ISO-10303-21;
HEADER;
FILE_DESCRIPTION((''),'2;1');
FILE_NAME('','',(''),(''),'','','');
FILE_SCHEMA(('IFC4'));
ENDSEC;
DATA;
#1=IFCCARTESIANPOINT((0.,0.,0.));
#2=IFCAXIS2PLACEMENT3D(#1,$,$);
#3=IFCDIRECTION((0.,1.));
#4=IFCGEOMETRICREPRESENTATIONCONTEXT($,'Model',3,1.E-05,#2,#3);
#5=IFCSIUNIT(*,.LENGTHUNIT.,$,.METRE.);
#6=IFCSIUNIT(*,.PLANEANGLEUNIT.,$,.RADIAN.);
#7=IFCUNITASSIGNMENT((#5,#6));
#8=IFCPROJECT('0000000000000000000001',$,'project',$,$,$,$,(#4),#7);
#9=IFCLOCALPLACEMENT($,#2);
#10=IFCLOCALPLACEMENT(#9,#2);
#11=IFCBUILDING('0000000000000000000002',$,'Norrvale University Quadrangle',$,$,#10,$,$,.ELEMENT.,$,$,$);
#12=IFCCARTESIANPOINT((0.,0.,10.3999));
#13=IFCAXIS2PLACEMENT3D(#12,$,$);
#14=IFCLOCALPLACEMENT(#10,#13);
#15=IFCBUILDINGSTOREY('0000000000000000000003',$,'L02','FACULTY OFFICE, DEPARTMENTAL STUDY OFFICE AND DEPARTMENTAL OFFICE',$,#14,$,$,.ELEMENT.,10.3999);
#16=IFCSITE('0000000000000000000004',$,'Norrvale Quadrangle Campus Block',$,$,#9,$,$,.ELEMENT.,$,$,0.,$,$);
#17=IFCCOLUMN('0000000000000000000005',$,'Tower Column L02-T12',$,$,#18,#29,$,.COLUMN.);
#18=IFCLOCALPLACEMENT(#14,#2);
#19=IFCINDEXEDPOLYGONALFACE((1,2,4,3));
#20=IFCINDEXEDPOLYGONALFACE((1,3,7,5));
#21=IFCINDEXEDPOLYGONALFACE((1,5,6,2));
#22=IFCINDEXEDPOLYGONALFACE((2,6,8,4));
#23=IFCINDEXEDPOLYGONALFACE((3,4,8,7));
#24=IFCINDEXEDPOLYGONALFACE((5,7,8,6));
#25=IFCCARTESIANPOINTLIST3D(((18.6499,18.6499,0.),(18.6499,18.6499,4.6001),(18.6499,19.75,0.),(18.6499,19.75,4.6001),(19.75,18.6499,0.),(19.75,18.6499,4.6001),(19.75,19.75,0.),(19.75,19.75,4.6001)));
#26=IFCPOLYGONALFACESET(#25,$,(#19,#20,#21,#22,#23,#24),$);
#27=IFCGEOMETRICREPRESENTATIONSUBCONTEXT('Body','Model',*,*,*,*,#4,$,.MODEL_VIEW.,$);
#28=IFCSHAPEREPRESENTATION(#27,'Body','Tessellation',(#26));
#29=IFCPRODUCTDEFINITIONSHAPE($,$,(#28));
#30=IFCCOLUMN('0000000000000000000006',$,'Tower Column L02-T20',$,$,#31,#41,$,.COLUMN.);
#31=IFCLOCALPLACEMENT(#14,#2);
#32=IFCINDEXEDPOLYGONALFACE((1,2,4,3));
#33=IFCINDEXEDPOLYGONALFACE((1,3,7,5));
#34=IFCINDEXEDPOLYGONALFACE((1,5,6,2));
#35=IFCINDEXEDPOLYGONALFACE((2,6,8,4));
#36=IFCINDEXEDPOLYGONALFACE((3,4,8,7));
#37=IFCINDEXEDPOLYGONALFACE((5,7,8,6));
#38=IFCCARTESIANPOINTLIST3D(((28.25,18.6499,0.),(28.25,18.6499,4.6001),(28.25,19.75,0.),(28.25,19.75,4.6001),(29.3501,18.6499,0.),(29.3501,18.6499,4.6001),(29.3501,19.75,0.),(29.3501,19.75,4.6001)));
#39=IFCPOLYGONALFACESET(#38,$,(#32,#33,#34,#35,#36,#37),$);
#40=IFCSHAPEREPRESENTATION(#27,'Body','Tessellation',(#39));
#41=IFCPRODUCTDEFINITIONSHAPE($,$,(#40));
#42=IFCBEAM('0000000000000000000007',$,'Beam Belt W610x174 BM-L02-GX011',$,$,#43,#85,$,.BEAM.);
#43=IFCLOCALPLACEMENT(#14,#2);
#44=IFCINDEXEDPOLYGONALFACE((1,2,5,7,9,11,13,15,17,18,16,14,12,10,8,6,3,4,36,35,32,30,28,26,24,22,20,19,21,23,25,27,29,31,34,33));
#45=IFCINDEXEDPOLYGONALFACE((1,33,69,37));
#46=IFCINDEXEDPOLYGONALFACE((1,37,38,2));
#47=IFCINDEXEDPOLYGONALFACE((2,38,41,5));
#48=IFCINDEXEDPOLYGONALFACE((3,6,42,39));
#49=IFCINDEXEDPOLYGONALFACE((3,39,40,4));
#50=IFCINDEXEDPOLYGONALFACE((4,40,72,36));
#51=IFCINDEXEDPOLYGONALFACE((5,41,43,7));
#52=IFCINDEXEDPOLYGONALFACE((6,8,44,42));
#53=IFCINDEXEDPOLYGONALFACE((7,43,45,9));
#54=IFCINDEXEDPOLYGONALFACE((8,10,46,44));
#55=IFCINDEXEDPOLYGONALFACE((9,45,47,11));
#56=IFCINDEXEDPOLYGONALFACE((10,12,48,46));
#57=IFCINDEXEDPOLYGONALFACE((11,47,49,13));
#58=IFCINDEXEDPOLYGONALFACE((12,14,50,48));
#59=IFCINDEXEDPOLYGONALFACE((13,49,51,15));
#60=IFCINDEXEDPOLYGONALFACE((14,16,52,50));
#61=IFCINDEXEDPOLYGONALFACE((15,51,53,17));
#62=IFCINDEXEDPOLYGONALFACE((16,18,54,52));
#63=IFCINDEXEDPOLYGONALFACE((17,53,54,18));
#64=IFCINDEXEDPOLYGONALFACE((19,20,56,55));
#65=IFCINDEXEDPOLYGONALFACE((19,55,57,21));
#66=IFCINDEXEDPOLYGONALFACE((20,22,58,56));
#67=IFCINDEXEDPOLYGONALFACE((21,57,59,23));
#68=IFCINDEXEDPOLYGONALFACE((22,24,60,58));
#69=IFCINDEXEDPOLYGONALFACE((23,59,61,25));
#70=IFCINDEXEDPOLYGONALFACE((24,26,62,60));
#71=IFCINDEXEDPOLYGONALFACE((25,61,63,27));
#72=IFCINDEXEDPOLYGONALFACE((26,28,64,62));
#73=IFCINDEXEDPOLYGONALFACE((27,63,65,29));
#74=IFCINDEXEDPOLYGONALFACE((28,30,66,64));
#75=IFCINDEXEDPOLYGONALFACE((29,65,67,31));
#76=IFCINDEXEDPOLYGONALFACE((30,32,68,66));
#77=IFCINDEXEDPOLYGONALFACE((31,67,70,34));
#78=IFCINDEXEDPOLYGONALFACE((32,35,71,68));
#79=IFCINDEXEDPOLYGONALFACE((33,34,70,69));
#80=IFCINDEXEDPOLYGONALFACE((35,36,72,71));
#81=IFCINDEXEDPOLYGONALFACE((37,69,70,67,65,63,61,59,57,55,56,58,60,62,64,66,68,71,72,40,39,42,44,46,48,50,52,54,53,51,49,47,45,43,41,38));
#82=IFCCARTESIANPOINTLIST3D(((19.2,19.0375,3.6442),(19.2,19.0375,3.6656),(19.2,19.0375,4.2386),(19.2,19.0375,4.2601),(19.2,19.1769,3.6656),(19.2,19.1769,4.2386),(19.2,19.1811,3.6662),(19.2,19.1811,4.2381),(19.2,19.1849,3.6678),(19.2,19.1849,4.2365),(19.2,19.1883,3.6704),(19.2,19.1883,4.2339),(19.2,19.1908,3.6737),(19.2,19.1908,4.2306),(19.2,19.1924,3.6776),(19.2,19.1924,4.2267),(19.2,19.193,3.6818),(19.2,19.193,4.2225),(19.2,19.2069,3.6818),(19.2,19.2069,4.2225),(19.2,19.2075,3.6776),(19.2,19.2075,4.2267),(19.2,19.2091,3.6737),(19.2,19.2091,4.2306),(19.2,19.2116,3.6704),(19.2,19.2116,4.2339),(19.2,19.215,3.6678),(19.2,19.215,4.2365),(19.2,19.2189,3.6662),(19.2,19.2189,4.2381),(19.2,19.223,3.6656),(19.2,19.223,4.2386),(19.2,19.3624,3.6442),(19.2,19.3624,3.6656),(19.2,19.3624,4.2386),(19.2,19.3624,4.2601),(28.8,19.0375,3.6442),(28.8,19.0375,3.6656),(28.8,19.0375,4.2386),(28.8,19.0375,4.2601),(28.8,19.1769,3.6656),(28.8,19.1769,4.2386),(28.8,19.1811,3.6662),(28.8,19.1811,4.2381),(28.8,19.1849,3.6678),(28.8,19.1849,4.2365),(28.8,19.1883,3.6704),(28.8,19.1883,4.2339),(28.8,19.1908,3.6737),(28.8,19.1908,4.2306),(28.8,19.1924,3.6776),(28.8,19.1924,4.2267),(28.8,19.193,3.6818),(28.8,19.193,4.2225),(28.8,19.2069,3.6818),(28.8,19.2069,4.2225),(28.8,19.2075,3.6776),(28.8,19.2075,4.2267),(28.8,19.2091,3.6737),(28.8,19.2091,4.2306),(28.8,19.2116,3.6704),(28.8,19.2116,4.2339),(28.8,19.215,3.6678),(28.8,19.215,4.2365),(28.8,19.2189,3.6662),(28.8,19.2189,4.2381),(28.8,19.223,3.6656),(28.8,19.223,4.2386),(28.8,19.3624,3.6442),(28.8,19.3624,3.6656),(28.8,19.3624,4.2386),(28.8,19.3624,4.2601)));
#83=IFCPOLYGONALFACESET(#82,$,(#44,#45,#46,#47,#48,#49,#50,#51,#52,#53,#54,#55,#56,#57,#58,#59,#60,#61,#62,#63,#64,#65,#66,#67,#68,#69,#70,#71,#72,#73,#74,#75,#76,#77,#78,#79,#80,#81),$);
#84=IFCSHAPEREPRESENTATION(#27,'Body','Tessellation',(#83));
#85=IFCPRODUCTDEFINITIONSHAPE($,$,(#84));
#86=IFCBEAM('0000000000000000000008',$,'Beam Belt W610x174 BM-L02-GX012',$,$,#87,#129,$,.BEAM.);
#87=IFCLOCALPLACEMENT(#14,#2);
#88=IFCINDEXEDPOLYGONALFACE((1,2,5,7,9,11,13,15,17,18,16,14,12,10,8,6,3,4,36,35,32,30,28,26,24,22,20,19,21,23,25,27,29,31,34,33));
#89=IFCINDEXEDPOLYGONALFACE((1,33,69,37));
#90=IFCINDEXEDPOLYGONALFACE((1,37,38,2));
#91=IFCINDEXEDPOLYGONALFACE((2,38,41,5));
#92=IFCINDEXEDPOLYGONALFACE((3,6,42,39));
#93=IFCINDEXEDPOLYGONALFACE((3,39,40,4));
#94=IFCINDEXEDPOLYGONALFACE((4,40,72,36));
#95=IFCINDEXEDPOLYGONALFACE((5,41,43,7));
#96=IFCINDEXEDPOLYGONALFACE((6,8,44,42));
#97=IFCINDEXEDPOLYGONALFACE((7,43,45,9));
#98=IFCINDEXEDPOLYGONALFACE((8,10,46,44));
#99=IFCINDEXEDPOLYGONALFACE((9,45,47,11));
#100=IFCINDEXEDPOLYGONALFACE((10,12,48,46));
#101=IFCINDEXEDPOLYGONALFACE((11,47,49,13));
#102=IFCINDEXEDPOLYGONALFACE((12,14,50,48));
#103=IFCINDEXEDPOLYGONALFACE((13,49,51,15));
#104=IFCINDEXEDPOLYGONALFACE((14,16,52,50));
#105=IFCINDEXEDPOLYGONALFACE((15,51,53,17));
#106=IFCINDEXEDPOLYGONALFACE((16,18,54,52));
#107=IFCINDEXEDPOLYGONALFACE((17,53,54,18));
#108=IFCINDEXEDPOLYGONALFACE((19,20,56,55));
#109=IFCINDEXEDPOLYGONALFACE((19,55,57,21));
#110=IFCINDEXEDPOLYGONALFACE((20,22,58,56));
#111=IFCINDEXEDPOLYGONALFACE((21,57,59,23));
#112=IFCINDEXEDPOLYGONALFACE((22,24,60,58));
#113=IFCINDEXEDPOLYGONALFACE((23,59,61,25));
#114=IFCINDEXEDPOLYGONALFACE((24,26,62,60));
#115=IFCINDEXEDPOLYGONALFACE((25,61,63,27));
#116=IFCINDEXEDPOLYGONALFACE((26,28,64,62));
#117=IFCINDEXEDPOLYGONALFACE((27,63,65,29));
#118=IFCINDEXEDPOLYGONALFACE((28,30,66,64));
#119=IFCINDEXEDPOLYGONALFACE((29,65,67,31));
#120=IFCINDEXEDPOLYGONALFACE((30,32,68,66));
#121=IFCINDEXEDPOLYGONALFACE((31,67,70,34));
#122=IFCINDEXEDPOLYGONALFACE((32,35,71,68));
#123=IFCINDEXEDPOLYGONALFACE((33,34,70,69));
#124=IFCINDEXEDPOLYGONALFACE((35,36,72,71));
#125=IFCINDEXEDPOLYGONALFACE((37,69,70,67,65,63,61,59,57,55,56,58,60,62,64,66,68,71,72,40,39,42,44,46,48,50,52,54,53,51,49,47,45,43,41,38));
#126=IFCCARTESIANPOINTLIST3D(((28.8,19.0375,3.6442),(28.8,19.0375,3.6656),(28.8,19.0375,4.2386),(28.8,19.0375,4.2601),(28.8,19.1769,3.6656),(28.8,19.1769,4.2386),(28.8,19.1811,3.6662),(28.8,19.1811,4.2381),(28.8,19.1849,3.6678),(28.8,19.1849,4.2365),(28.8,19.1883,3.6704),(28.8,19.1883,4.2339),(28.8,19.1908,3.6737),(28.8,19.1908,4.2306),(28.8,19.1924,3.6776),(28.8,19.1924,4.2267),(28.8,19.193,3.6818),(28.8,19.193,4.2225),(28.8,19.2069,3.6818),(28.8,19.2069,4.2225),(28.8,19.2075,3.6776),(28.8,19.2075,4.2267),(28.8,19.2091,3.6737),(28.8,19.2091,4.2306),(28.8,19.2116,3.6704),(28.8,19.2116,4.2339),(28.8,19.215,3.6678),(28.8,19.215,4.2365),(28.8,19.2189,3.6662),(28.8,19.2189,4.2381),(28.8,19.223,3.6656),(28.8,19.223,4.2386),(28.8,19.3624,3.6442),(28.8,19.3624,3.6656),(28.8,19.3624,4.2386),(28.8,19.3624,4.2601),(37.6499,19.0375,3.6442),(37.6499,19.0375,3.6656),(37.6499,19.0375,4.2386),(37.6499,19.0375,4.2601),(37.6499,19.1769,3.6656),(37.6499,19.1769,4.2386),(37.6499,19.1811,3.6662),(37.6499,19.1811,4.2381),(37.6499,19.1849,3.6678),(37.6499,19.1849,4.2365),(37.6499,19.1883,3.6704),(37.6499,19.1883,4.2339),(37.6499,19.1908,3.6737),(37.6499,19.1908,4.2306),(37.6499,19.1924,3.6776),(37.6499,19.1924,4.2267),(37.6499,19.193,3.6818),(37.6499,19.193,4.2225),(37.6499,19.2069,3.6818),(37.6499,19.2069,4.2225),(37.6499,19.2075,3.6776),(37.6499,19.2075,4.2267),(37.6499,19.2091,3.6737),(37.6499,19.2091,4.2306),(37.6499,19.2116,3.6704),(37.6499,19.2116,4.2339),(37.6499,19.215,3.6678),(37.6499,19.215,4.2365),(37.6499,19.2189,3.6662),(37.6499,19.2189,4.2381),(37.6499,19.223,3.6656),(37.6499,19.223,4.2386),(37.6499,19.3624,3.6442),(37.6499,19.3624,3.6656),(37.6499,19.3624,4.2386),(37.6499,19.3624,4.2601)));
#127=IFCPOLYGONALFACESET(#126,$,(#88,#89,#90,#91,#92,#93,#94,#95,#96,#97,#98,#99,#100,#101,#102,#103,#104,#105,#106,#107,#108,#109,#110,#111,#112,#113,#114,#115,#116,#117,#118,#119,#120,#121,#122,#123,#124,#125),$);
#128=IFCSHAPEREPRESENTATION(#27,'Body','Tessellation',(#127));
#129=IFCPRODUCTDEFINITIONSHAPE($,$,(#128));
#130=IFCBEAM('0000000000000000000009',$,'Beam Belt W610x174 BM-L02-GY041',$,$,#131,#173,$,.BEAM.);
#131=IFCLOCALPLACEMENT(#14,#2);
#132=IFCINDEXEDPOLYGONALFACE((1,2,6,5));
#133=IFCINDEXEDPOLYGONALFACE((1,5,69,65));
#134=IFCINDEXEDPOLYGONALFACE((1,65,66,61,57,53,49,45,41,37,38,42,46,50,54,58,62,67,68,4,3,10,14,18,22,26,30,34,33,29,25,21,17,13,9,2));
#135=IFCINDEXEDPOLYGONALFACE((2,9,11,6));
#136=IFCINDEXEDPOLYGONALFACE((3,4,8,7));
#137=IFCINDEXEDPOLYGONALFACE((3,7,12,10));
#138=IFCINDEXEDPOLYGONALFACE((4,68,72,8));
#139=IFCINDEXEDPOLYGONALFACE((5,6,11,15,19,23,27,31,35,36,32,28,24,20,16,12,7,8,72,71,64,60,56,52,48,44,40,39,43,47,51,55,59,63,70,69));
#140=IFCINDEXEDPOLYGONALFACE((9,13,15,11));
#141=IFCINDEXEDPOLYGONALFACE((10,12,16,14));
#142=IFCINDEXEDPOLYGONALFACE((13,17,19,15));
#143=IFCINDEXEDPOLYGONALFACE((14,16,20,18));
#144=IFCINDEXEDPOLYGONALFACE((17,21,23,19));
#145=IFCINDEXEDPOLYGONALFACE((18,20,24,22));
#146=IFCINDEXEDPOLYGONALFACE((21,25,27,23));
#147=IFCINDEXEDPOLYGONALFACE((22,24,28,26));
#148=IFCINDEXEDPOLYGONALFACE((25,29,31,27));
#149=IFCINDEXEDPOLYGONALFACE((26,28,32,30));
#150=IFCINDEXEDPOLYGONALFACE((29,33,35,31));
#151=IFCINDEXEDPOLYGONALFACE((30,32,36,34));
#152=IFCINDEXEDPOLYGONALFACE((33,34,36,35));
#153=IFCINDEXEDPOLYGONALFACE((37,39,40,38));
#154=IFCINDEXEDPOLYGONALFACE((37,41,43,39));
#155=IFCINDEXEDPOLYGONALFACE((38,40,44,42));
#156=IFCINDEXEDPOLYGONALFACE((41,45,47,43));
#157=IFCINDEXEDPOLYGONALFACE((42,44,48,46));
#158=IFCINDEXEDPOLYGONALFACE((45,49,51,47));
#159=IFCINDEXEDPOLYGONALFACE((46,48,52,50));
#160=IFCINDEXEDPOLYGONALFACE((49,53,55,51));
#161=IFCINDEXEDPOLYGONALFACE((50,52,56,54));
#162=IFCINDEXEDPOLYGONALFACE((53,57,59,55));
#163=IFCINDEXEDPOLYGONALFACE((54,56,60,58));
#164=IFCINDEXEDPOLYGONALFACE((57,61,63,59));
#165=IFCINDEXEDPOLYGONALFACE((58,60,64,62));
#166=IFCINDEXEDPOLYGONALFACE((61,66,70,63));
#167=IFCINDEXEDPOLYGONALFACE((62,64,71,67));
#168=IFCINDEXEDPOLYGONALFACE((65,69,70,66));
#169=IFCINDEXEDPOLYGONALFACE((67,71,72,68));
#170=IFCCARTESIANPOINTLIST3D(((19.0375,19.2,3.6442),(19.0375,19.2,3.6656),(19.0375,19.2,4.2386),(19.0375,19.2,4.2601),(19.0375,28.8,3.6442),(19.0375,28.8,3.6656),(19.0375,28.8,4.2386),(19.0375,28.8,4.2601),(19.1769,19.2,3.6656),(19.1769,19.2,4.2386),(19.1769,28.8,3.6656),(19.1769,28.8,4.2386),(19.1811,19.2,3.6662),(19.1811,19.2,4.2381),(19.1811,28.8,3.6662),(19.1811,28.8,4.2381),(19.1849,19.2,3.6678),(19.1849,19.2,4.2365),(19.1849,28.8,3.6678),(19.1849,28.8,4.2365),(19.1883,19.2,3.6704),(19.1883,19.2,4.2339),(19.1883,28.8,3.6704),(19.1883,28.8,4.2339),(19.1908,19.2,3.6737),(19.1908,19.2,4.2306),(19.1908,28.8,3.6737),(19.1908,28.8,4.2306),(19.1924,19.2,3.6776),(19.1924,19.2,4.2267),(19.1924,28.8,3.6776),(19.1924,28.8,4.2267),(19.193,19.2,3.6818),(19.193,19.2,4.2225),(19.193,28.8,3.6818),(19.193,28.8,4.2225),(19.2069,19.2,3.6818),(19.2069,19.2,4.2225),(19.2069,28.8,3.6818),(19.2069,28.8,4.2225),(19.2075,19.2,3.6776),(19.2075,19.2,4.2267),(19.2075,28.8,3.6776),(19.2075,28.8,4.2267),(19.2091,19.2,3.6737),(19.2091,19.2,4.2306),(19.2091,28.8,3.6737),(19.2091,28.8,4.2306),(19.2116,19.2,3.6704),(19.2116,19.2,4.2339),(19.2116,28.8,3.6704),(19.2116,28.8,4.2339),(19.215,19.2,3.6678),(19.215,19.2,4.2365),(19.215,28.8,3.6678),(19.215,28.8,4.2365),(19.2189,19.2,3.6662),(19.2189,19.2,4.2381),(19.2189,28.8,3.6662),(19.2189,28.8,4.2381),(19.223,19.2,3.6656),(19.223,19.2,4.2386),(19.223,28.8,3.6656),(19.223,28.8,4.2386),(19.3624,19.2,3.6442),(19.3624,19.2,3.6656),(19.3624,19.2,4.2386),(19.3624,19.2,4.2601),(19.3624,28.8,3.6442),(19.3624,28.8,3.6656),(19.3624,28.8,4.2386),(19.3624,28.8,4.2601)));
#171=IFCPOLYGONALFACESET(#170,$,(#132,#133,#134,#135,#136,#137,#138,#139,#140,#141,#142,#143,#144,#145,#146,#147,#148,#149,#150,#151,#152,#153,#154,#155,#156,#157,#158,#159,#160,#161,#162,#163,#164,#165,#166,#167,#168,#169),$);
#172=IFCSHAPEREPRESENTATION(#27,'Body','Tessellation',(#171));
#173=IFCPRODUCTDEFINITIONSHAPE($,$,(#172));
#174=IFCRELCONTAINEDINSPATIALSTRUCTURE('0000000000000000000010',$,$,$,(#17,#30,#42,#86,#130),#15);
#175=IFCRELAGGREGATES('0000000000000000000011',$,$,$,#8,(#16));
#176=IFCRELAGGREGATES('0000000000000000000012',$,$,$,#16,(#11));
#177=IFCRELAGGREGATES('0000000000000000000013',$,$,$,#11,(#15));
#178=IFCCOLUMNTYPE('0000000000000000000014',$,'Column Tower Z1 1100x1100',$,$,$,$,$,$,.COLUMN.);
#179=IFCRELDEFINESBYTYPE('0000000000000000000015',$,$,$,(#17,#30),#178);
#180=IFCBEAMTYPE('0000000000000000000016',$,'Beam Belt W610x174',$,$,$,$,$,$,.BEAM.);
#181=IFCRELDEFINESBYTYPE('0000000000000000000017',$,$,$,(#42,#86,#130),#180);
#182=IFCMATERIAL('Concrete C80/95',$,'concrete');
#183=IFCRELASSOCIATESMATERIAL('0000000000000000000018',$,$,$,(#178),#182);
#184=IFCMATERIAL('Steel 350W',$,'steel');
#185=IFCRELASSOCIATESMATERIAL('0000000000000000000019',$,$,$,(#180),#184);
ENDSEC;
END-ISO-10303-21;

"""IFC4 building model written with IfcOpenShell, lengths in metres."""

from ifc_helpers import new_model, si_unit, direction, frame, origin, origin_2d, place, context, subcontext, project, spatial, rectangle, i_section, extrude, material, material_profile, profile_set, type_object, element, save


model = new_model("IFC4")

# Units and contexts
model_context = context("Model", 3, precision=1e-05, world=origin(), true_north=direction((0.0, 1.0)))
body_context = subcontext(model_context, "Body", "Model", "MODEL_VIEW")
ifc_project = project(units=[si_unit("LENGTHUNIT", "METRE"), si_unit("PLANEANGLEUNIT", "RADIAN")], contexts=[model_context])

# Site, building, storey
site_placement = place(None, origin())
site = spatial("IfcSite", under=ifc_project, at=site_placement, Name="Norrvale Quadrangle Campus Block", CompositionType="ELEMENT", RefElevation=0.0)
building_placement = place(site_placement, origin())
building = spatial("IfcBuilding", under=site, at=building_placement, Name="Norrvale University Quadrangle", CompositionType="ELEMENT")
storey_placement = place(building_placement, frame((0.0, 0.0, 10.3999)))
storey = spatial("IfcBuildingStorey", under=building, at=storey_placement, Name="L02", Description="FACULTY OFFICE, DEPARTMENTAL STUDY OFFICE AND DEPARTMENTAL OFFICE", CompositionType="ELEMENT", Elevation=10.3999)

# Columns
ifc_material_1 = material(Name="Concrete C80/95", Category="concrete")
ifc_material_profile_1 = material_profile(ifc_material_1, rectangle(XDim=1.1001, YDim=1.1001, at=origin_2d()), Name="Concrete C80/95")
ifc_profile_set_1 = profile_set([ifc_material_profile_1], Name="Concrete C80/95")
column_type = type_object("IfcColumnType", Name="Column Tower Z1 1100x1100", PredefinedType="COLUMN", material=ifc_profile_set_1)
for number, where, z_axis, x_axis, name in (
    (1, (19.2, 19.2, 0.0), (0.0, 0.0, 1.0), (1.0, 0.0, 0.0), "Tower Column L02-T12"),
    (2, (28.8, 19.2, 0.0), (0.0, 0.0, 1.0), (1.0, 0.0, 0.0), "Tower Column L02-T20"),
):
    element("IfcColumn", number, at=place(storey_placement, frame(where, z_axis=z_axis, x_axis=x_axis)), inside=storey, type_object=column_type, Name=name, PredefinedType="COLUMN", context=body_context, shape_type="SweptSolid", body=[
        extrude(rectangle(XDim=1.1001, YDim=1.1001, at=origin_2d()), origin(), (0.0, 0.0, 1.0), 4.6001),
    ])

# Beams
ifc_material_2 = material(Name="Steel 350W", Category="steel")
ifc_material_profile_2 = material_profile(ifc_material_2, i_section(OverallWidth=0.325, OverallDepth=0.616, WebThickness=0.0139, FlangeThickness=0.0215, FilletRadius=0.0161, at=origin_2d()), Name="Steel 350W")
ifc_profile_set_2 = profile_set([ifc_material_profile_2], Name="Steel 350W")
beam_type_1 = type_object("IfcBeamType", Name="Beam Belt W610x174", PredefinedType="BEAM", material=ifc_profile_set_2)
beam_1_placement = place(storey_placement, frame((19.2, 19.2, 3.9521), z_axis=(1.0, 0.0, 0.0), x_axis=(0.0, 1.0, 0.0)))
element("IfcBeam", 3, at=beam_1_placement, inside=storey, type_object=beam_type_1, Name="Beam Belt W610x174 BM-L02-GX011", PredefinedType="BEAM", context=body_context, shape_type="SweptSolid", body=[
    extrude(i_section(OverallWidth=0.325, OverallDepth=0.616, WebThickness=0.0139, FlangeThickness=0.0215, FilletRadius=0.0161, at=origin_2d()), origin(), (0.0, 0.0, 1.0), 9.6001),
])
beam_2_placement = place(storey_placement, frame((28.8, 19.2, 3.9521), z_axis=(1.0, 0.0, 0.0), x_axis=(0.0, 1.0, 0.0)))
element("IfcBeam", 4, at=beam_2_placement, inside=storey, type_object=beam_type_1, Name="Beam Belt W610x174 BM-L02-GX012", PredefinedType="BEAM", context=body_context, shape_type="SweptSolid", body=[
    extrude(i_section(OverallWidth=0.325, OverallDepth=0.616, WebThickness=0.0139, FlangeThickness=0.0215, FilletRadius=0.0161, at=origin_2d()), origin(), (0.0, 0.0, 1.0), 8.8499),
])
for number, where, z_axis, x_axis, name in (
    (5, (19.2, 19.2, 3.9521), (0.0, 1.0, 0.0), (-1.0, 0.0, 0.0), "Beam Belt W610x174 BM-L02-GY041"),
):
    element("IfcBeam", number, at=place(storey_placement, frame(where, z_axis=z_axis, x_axis=x_axis)), inside=storey, type_object=beam_type_1, Name=name, PredefinedType="BEAM", context=body_context, shape_type="SweptSolid", body=[
        extrude(i_section(OverallWidth=0.325, OverallDepth=0.616, WebThickness=0.0139, FlangeThickness=0.0215, FilletRadius=0.0161, at=origin_2d()), origin(), (0.0, 0.0, 1.0), 9.6001),
    ])

save(model, "model.ifc")
